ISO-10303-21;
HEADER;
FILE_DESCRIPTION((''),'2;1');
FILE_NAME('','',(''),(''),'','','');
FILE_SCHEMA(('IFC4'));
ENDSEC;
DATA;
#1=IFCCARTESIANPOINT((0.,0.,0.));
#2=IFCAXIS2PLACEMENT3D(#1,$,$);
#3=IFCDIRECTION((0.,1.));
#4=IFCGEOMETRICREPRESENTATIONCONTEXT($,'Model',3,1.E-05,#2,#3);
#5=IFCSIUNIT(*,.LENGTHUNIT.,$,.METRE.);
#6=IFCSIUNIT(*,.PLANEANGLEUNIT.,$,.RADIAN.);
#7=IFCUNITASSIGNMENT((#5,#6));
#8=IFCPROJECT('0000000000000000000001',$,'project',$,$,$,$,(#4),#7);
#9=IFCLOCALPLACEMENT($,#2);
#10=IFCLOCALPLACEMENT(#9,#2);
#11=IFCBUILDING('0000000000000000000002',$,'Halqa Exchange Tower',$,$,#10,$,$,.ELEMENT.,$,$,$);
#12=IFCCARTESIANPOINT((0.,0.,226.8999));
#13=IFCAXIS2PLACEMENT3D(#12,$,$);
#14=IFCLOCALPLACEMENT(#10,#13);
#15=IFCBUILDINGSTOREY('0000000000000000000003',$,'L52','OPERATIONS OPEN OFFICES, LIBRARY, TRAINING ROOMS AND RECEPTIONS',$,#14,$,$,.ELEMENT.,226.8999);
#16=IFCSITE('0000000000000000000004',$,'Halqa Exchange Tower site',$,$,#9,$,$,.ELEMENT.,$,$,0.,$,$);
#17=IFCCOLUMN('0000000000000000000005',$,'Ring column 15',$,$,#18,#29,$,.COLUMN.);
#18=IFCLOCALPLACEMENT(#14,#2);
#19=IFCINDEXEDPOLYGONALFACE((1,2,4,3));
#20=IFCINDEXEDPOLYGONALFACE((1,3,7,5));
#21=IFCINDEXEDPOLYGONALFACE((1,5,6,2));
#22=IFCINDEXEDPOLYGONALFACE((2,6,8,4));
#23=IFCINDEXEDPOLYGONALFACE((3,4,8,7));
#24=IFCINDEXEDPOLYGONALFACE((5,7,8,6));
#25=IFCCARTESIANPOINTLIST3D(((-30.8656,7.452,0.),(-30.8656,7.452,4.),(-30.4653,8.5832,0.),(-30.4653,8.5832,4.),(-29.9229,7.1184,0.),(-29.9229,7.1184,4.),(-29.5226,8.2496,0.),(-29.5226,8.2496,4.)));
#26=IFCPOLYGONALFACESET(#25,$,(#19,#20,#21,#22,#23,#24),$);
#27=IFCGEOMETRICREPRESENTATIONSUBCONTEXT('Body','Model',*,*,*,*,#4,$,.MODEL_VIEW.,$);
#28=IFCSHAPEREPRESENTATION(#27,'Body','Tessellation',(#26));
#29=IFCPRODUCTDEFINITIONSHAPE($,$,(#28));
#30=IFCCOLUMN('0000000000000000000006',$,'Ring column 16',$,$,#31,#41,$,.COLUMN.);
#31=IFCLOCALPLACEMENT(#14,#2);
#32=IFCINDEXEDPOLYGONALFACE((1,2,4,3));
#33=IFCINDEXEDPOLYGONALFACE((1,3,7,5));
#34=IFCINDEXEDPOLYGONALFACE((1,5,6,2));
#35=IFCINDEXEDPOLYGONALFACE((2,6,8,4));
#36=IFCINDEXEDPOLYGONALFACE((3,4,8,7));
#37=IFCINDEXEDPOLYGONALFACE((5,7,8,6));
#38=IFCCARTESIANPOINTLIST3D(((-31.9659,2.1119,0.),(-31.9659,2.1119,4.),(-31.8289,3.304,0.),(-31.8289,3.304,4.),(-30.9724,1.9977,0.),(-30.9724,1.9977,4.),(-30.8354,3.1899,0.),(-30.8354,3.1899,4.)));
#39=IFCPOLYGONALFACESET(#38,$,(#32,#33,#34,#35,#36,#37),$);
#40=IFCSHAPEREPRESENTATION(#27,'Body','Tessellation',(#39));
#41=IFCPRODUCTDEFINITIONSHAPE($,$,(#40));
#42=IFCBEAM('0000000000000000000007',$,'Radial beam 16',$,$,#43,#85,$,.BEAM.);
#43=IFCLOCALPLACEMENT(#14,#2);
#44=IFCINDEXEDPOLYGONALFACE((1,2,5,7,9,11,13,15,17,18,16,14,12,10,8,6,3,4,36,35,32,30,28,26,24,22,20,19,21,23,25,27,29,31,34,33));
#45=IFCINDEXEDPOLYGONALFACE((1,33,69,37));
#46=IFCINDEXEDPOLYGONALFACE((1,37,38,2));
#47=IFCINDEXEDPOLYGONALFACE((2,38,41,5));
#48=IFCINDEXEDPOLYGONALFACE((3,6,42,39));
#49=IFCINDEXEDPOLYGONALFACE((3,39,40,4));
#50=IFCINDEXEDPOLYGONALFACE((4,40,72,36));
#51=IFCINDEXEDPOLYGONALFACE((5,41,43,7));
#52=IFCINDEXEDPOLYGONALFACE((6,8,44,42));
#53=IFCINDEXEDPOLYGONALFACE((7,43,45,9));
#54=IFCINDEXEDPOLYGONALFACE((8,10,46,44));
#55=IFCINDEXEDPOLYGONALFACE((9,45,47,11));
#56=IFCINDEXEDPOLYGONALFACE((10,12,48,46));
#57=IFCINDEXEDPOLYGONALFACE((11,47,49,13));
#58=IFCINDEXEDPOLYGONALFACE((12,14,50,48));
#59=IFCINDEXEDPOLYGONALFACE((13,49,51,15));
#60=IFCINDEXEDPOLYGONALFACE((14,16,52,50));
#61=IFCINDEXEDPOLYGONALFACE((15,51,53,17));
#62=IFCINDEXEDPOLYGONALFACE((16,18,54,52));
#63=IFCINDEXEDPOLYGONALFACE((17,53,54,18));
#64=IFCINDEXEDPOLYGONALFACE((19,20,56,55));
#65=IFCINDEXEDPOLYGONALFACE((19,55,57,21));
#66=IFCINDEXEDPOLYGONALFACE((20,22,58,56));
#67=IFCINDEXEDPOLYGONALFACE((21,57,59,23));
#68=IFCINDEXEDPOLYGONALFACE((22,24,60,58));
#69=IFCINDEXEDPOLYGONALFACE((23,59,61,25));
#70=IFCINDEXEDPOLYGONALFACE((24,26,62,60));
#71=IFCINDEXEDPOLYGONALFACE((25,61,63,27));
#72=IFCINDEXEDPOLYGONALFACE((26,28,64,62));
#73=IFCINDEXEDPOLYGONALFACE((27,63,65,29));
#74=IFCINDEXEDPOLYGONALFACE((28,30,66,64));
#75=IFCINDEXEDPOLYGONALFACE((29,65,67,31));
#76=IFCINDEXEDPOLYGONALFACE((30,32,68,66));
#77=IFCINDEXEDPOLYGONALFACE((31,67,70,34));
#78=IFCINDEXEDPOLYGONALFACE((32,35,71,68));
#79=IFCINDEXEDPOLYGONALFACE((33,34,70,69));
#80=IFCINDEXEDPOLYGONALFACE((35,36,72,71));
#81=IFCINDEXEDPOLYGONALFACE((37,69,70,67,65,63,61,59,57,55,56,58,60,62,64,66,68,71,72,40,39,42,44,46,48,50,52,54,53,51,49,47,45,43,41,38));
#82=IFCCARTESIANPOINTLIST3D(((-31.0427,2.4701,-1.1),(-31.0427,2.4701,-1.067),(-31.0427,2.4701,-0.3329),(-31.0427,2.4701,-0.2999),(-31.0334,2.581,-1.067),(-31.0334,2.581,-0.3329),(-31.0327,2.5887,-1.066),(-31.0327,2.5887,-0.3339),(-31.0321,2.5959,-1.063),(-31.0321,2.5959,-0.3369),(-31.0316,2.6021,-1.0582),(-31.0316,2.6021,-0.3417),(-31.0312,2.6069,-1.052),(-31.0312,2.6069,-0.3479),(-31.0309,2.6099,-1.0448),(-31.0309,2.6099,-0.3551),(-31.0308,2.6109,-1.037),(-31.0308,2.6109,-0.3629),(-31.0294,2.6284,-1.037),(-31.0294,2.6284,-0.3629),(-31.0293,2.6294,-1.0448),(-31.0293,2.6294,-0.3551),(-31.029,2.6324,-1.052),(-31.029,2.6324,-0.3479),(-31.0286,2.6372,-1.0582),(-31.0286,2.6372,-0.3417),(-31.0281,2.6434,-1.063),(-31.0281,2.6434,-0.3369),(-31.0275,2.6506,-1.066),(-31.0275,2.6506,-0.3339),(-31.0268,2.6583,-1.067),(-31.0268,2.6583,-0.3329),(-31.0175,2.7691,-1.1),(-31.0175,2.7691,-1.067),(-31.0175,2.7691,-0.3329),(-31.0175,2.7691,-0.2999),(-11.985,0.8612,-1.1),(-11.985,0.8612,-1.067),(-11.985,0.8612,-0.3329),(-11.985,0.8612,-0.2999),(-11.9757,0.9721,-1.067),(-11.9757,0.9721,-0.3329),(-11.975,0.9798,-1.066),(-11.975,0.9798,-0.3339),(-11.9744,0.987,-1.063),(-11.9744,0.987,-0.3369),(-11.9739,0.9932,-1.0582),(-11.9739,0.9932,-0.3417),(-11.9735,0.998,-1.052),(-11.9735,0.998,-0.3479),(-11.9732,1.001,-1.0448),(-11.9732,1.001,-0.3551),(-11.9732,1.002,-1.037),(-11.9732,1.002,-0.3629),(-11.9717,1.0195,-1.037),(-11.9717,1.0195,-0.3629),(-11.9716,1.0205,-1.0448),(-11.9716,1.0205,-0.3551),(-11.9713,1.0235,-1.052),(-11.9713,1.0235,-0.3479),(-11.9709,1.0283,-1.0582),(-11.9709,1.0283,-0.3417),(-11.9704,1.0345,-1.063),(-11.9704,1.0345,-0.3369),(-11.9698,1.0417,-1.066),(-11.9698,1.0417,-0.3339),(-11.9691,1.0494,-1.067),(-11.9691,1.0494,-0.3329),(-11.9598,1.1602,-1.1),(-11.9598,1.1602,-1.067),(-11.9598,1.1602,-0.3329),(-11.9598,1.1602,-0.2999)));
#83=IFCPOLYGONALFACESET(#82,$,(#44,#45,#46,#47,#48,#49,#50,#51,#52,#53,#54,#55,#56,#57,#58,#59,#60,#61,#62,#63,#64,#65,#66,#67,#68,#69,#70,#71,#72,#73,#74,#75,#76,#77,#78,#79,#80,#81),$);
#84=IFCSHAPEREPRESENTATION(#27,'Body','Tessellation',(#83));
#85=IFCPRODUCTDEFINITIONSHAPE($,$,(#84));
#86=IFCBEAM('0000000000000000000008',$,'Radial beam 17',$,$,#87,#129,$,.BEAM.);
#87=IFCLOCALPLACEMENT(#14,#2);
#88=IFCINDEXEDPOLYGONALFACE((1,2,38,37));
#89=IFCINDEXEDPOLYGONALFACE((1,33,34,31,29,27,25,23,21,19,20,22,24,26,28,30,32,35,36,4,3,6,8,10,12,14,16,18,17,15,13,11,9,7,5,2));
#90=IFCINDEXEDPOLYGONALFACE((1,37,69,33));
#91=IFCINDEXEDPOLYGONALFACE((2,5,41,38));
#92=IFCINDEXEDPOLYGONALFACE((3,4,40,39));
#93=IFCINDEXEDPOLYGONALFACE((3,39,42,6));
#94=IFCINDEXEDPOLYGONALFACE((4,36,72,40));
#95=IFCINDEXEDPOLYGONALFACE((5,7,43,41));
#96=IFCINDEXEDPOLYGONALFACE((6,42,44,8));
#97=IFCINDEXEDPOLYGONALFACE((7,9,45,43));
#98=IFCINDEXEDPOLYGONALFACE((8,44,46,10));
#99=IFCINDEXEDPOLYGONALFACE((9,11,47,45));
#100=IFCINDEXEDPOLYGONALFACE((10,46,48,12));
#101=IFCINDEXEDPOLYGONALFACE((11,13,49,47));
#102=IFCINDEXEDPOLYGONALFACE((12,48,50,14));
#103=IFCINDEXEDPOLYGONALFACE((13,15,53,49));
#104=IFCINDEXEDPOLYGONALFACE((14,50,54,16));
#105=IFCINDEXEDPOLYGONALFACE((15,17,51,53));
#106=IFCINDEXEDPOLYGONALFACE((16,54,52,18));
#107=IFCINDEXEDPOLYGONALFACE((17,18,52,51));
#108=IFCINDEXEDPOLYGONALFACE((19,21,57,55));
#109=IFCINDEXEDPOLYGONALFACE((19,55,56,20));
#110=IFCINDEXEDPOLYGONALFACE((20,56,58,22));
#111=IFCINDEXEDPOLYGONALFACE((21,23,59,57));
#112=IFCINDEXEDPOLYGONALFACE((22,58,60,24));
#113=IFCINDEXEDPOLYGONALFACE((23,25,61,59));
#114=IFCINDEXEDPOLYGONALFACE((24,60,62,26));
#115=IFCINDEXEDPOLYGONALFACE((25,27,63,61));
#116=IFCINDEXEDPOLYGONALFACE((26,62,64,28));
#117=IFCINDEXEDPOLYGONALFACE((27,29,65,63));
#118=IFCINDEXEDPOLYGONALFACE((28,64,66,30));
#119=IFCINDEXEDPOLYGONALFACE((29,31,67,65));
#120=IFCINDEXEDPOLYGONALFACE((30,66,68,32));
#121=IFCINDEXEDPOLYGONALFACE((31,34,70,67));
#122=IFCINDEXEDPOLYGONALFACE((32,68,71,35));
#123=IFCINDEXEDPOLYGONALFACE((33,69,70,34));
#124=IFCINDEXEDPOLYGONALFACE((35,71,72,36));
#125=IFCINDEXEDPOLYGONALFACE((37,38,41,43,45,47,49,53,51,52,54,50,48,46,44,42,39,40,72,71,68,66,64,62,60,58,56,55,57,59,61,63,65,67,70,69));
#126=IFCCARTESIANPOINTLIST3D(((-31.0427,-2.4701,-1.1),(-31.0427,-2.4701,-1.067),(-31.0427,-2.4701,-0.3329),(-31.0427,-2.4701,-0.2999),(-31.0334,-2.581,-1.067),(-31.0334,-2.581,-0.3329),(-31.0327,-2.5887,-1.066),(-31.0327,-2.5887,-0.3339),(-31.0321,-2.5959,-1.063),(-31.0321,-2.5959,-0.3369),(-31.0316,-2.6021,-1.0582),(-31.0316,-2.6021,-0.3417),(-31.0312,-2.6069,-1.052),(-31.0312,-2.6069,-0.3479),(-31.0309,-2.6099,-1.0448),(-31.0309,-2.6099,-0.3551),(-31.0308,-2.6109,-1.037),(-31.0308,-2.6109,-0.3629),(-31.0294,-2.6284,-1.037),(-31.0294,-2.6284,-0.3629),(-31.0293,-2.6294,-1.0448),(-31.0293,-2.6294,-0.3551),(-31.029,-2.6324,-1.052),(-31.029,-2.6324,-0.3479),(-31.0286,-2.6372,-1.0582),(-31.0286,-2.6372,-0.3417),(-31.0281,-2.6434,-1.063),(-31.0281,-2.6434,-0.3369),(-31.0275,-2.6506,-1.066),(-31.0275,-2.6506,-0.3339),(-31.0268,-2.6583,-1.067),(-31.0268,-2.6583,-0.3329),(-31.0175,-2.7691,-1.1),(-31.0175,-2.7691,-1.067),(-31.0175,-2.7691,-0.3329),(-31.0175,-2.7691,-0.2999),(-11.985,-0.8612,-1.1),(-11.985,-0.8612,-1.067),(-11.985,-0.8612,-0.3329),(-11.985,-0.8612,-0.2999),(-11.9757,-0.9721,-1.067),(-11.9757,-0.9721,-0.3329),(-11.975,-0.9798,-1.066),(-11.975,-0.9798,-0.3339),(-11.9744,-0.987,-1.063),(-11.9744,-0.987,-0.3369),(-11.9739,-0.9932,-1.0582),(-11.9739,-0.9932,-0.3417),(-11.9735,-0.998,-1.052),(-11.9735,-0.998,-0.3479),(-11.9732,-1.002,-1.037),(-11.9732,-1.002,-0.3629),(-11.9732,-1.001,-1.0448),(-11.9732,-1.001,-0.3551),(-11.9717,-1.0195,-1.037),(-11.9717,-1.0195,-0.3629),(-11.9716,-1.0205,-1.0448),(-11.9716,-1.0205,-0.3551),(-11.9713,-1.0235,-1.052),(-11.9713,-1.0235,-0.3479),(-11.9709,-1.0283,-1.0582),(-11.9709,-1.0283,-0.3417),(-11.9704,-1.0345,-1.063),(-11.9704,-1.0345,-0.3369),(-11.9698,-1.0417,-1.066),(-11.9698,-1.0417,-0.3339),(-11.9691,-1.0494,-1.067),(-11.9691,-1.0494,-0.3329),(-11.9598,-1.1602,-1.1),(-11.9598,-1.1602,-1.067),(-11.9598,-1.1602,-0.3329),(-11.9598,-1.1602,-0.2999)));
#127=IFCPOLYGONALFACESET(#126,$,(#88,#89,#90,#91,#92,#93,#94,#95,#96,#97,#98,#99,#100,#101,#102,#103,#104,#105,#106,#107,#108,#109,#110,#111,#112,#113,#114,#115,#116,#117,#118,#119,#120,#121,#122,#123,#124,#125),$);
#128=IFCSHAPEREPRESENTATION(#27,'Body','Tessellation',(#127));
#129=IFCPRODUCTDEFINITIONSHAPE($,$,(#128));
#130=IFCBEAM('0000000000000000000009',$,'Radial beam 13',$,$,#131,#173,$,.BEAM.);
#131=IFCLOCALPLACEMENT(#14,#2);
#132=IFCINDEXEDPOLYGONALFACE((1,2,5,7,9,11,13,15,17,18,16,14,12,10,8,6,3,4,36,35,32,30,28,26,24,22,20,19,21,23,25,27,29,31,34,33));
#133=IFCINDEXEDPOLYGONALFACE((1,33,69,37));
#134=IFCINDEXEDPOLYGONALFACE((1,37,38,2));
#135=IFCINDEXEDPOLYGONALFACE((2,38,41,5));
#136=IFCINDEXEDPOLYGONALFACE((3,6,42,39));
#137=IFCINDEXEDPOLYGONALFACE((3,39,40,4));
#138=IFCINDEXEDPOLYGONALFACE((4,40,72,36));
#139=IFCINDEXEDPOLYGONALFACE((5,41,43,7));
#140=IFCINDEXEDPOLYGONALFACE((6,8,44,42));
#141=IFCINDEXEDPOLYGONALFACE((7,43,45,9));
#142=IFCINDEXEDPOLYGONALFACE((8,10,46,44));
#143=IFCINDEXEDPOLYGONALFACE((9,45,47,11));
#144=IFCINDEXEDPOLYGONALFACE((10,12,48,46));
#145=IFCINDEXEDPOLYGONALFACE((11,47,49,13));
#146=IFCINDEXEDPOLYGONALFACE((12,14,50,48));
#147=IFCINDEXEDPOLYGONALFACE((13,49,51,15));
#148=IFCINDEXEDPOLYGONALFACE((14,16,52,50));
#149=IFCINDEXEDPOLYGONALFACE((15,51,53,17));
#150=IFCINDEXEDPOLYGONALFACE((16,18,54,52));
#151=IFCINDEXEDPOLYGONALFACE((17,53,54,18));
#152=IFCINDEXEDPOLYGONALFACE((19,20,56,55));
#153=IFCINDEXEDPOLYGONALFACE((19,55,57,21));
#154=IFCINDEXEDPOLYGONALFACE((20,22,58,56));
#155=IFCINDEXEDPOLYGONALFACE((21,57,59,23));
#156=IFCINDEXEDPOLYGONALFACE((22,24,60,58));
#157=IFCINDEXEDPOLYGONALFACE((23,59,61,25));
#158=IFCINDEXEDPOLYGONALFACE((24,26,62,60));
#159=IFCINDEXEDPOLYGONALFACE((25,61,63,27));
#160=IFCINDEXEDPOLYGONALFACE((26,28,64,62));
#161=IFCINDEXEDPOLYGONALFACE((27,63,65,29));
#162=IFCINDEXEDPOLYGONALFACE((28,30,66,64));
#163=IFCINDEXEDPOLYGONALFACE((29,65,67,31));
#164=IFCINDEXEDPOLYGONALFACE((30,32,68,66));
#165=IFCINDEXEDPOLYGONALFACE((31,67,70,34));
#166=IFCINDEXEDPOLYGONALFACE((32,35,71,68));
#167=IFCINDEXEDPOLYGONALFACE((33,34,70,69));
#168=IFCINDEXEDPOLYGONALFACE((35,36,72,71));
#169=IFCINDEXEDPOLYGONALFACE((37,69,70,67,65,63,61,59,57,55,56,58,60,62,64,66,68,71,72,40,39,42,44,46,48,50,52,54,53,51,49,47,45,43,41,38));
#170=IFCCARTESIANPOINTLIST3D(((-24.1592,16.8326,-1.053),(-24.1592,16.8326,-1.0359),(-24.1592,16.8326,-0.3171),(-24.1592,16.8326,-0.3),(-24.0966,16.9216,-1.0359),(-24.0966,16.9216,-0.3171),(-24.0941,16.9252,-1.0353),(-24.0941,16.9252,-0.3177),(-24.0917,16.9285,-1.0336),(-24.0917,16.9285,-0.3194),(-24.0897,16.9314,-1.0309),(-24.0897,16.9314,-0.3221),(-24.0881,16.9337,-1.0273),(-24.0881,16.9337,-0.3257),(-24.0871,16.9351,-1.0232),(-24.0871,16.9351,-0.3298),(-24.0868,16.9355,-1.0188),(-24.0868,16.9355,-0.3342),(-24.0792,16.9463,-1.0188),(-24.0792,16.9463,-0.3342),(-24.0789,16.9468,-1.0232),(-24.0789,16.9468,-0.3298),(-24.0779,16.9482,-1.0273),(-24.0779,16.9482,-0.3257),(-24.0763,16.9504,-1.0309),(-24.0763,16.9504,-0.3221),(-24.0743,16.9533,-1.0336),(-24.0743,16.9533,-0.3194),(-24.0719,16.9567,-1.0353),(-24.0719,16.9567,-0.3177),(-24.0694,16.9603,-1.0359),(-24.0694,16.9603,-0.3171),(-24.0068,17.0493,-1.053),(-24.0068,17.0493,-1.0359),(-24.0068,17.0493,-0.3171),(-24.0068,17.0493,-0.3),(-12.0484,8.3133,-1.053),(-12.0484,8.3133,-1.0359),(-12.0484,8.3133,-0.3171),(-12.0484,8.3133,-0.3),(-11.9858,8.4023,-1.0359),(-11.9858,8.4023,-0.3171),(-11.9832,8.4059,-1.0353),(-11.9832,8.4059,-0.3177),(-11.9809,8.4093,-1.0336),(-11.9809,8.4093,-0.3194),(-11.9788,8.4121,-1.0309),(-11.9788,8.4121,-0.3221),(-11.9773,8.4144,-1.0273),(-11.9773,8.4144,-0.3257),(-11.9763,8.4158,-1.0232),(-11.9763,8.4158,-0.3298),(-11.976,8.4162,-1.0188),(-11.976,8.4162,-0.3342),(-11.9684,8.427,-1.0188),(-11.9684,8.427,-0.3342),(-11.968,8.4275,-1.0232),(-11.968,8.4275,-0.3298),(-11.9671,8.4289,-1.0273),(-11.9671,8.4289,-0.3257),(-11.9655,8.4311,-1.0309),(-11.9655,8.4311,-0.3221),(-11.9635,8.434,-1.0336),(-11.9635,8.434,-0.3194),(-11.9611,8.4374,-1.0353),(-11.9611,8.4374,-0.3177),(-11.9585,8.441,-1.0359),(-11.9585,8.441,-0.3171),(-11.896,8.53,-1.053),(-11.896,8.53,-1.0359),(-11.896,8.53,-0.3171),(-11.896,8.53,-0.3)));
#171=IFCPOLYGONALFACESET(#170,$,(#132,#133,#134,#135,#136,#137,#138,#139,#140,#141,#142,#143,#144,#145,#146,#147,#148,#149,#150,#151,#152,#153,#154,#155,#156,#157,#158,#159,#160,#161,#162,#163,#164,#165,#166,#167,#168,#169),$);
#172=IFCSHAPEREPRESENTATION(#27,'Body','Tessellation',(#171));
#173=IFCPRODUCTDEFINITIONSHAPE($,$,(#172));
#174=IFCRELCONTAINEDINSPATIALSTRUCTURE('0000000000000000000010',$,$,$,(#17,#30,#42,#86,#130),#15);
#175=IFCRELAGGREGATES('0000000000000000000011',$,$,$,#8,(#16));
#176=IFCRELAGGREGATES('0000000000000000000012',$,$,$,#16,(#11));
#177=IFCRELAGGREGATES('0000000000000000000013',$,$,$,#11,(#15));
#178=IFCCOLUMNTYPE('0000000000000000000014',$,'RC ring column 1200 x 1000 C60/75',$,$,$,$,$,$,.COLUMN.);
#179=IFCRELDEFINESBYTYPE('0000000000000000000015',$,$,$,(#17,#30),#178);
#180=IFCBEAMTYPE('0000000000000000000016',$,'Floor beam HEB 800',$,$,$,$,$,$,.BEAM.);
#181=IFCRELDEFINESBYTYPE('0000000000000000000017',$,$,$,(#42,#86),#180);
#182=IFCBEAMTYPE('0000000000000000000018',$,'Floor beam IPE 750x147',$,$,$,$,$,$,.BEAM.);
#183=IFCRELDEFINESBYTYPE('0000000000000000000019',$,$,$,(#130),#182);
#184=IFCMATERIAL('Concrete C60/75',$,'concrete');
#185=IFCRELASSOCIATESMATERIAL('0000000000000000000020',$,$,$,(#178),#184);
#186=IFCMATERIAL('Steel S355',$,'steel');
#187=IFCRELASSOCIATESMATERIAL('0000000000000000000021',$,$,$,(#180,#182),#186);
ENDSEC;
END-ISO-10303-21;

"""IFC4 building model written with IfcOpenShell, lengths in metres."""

from ifc_helpers import new_model, si_unit, direction, frame, origin, origin_2d, place, context, subcontext, project, spatial, rectangle, i_section, extrude, material, material_profile, profile_set, type_object, element, save


model = new_model("IFC4")

# Units and contexts
model_context = context("Model", 3, precision=1e-05, world=origin(), true_north=direction((0.0, 1.0)))
body_context = subcontext(model_context, "Body", "Model", "MODEL_VIEW")
ifc_project = project(units=[si_unit("LENGTHUNIT", "METRE"), si_unit("PLANEANGLEUNIT", "RADIAN")], contexts=[model_context])

# Site, building, storey
site_placement = place(None, origin())
site = spatial("IfcSite", under=ifc_project, at=site_placement, Name="Halqa Exchange Tower site", CompositionType="ELEMENT", RefElevation=0.0)
building_placement = place(site_placement, origin())
building = spatial("IfcBuilding", under=site, at=building_placement, Name="Halqa Exchange Tower", CompositionType="ELEMENT")
storey_placement = place(building_placement, frame((0.0, 0.0, 226.8999)))
storey = spatial("IfcBuildingStorey", under=building, at=storey_placement, Name="L52", Description="OPERATIONS OPEN OFFICES, LIBRARY, TRAINING ROOMS AND RECEPTIONS", CompositionType="ELEMENT", Elevation=226.8999)

# Columns
ifc_material_1 = material(Name="Concrete C60/75", Category="concrete")
ifc_material_profile_1 = material_profile(ifc_material_1, rectangle(XDim=1.2, YDim=1.0, at=origin_2d()), Name="1200 x 1000")
ifc_profile_set_1 = profile_set([ifc_material_profile_1], Name="Concrete C60/75")
column_type = type_object("IfcColumnType", Name="RC ring column 1200 x 1000 C60/75", PredefinedType="COLUMN", material=ifc_profile_set_1)
for number, where, z_axis, x_axis, name in (
    (1, (-30.1941, 7.8508, 0.0), (0.0, 0.0, 1.0), (-0.333631, -0.942704, 0.0), "Ring column 15"),
    (2, (-31.4006, 2.6509, 0.0), (0.0, 0.0, 1.0), (-0.114153, -0.993463, 0.0), "Ring column 16"),
):
    element("IfcColumn", number, at=place(storey_placement, frame(where, z_axis=z_axis, x_axis=x_axis)), inside=storey, type_object=column_type, Name=name, PredefinedType="COLUMN", context=body_context, shape_type="SweptSolid", body=[
        extrude(rectangle(XDim=1.2, YDim=1.0, at=origin_2d()), origin(), (0.0, 0.0, 1.0), 4.0),
    ])

# Beams
ifc_material_2 = material(Name="Steel S355", Category="steel")
ifc_material_profile_2 = material_profile(ifc_material_2, i_section(OverallWidth=0.3, OverallDepth=0.8, WebThickness=0.0176, FlangeThickness=0.033, FilletRadius=0.03, at=origin_2d()), Name="HEB 800")
ifc_profile_set_2 = profile_set([ifc_material_profile_2], Name="Steel S355")
beam_type_1 = type_object("IfcBeamType", Name="Floor beam HEB 800", PredefinedType="BEAM", material=ifc_profile_set_2)
for number, where, z_axis, x_axis, name in (
    (3, (-11.9724, 1.0107, -0.7), (-0.996455, 0.084123, 0.0), (-0.084123, -0.996455, 0.0), "Radial beam 16"),
    (4, (-11.9724, -1.0107, -0.7), (-0.996455, -0.084123, 0.0), (0.084123, -0.996455, 0.0), "Radial beam 17"),
):
    element("IfcBeam", number, at=place(storey_placement, frame(where, z_axis=z_axis, x_axis=x_axis)), inside=storey, type_object=beam_type_1, Name=name, PredefinedType="BEAM", context=body_context, shape_type="SweptSolid", body=[
        extrude(i_section(OverallWidth=0.3, OverallDepth=0.8, WebThickness=0.0176, FlangeThickness=0.033, FilletRadius=0.03, at=origin_2d()), origin(), (0.0, 0.0, 1.0), 19.1255),
    ])
ifc_material_profile_3 = material_profile(ifc_material_2, i_section(OverallWidth=0.2649, OverallDepth=0.7529, WebThickness=0.0132, FlangeThickness=0.0171, FilletRadius=0.0171, at=origin_2d()), Name="IPE 750x147")
ifc_profile_set_3 = profile_set([ifc_material_profile_3], Name="Steel S355")
beam_type_2 = type_object("IfcBeamType", Name="Floor beam IPE 750x147", PredefinedType="BEAM", material=ifc_profile_set_3)
beam_1_placement = place(storey_placement, frame((-11.9722, 8.4216, -0.6765), z_axis=(-0.817907, 0.575351, 0.0), x_axis=(-0.575351, -0.817907, 0.0)))
element("IfcBeam", 5, at=beam_1_placement, inside=storey, type_object=beam_type_2, Name="Radial beam 13", PredefinedType="BEAM", context=body_context, shape_type="SweptSolid", body=[
    extrude(i_section(OverallWidth=0.2649, OverallDepth=0.7529, WebThickness=0.0132, FlangeThickness=0.0171, FilletRadius=0.0171, at=origin_2d()), origin(), (0.0, 0.0, 1.0), 14.8071),
])

save(model, "model.ifc")
